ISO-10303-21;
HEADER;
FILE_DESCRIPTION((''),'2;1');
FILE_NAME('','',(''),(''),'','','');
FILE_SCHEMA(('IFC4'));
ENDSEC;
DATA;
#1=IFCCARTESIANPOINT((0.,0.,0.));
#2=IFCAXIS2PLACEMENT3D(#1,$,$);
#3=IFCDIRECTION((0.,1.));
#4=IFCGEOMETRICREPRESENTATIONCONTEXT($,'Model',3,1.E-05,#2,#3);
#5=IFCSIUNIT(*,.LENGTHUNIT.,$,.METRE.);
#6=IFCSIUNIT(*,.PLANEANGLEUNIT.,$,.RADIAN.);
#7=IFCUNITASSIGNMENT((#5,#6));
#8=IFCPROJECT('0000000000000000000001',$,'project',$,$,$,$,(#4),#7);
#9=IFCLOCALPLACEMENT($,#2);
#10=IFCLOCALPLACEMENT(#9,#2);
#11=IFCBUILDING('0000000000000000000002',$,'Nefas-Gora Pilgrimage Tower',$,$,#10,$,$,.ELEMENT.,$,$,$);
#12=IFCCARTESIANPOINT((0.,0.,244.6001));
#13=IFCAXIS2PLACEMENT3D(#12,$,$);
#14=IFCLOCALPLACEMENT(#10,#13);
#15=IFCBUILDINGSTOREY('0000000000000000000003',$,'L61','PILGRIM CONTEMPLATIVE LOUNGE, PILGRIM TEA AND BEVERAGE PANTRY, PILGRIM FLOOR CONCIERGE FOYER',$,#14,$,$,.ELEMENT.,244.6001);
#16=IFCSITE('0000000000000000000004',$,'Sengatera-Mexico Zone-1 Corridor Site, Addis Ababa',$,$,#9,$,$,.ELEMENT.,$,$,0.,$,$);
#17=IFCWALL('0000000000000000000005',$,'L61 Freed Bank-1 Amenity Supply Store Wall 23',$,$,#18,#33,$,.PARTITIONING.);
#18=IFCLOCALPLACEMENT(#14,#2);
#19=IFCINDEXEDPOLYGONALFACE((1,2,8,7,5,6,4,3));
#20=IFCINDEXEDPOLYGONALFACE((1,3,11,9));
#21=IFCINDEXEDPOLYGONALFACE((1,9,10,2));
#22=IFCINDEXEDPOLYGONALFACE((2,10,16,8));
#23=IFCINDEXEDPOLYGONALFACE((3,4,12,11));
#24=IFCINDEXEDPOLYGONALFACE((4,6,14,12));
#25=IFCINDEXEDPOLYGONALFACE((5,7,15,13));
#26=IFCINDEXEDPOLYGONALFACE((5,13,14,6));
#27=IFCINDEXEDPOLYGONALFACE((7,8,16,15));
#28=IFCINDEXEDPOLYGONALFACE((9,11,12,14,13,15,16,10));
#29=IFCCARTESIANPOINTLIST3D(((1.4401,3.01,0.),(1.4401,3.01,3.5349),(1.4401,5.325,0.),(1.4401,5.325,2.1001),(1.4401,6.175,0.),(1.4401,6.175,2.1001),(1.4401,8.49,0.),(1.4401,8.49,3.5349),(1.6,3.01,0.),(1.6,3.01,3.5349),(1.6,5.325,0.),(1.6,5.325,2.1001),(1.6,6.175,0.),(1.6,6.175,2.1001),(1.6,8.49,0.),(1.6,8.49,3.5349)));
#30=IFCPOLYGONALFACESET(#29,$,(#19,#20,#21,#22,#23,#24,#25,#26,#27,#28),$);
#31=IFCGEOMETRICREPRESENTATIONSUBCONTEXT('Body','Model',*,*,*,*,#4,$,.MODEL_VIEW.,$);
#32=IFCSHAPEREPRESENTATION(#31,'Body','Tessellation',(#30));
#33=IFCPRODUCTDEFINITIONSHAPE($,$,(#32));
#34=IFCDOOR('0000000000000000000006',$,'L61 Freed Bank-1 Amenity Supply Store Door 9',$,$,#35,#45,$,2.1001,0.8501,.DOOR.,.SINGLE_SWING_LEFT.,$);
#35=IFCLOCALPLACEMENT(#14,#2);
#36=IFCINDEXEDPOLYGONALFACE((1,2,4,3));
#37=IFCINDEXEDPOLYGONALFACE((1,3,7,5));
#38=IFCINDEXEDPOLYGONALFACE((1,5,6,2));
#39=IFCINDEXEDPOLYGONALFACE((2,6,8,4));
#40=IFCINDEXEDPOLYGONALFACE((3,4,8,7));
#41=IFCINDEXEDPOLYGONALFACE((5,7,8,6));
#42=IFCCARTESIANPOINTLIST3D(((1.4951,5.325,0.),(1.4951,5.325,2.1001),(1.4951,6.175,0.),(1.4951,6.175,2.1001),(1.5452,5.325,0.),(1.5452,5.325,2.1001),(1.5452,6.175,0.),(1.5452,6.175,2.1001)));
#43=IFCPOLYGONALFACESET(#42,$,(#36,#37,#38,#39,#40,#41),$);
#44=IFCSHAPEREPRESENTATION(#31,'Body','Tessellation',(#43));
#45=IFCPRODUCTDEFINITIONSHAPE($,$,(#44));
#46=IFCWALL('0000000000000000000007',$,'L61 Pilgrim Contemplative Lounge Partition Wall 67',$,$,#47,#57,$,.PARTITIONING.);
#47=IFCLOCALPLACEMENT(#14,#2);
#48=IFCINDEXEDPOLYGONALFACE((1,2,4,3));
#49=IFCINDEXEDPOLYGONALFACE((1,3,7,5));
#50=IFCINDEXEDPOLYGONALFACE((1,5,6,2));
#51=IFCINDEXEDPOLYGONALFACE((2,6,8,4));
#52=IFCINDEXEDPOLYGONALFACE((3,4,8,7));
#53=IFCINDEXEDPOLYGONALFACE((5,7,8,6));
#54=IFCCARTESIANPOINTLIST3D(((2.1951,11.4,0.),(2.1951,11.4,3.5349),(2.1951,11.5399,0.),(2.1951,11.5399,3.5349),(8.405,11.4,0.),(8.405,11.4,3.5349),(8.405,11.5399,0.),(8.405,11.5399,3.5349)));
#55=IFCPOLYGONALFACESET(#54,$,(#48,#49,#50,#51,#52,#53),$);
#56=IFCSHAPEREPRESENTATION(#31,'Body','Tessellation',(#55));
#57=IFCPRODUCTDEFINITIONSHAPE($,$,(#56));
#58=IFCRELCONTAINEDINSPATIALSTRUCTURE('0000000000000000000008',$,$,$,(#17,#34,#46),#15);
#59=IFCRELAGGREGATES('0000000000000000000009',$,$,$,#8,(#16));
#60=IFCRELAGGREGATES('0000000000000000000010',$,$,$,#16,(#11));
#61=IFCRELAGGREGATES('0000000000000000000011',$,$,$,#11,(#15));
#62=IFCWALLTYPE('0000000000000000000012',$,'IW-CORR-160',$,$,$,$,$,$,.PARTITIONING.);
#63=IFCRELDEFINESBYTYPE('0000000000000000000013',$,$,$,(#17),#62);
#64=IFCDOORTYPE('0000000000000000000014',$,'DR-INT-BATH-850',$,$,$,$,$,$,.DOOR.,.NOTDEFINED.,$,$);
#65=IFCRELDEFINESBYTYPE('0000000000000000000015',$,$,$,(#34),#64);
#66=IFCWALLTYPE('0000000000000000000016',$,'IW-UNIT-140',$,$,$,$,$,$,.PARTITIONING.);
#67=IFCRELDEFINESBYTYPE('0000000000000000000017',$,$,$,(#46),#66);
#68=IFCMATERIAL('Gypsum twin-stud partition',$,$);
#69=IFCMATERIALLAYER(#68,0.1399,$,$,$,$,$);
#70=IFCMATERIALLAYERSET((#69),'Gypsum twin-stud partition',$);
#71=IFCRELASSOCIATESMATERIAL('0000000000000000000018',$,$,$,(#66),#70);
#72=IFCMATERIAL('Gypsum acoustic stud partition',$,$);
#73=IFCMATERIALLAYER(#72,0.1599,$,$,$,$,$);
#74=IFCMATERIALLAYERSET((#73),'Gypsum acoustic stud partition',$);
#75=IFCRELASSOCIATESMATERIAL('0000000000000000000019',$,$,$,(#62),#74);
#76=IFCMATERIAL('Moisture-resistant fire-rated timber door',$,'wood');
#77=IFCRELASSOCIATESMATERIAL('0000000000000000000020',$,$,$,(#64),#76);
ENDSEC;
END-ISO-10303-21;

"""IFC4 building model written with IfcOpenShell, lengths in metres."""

from ifc_helpers import new_model, si_unit, direction, frame, frame_2d, origin, place, context, subcontext, project, spatial, rectangle, extrude, source, transform, mapped, material, layer, layer_set, type_object, element, fill, save


model = new_model("IFC4")

# Units and contexts
model_context = context("Model", 3, precision=1e-05, world=origin(), true_north=direction((0.0, 1.0)))
body_context = subcontext(model_context, "Body", "Model", "MODEL_VIEW")
ifc_project = project(units=[si_unit("LENGTHUNIT", "METRE"), si_unit("PLANEANGLEUNIT", "RADIAN")], contexts=[model_context])

# Site, building, storey
site_placement = place(None, origin())
site = spatial("IfcSite", under=ifc_project, at=site_placement, Name="Sengatera-Mexico Zone-1 Corridor Site, Addis Ababa", CompositionType="ELEMENT", RefElevation=0.0)
building_placement = place(site_placement, origin())
building = spatial("IfcBuilding", under=site, at=building_placement, Name="Nefas-Gora Pilgrimage Tower", CompositionType="ELEMENT")
storey_placement = place(building_placement, frame((0.0, 0.0, 244.6001)))
storey = spatial("IfcBuildingStorey", under=building, at=storey_placement, Name="L61", Description="PILGRIM CONTEMPLATIVE LOUNGE, PILGRIM TEA AND BEVERAGE PANTRY, PILGRIM FLOOR CONCIERGE FOYER", CompositionType="ELEMENT", Elevation=244.6001)

# Shared definitions
ifc_material_1 = material(Name="Gypsum twin-stud partition")
ifc_layer_1 = layer(ifc_material_1, 0.1399)
ifc_layer_set_1 = layer_set([ifc_layer_1], Name="Gypsum twin-stud partition")
wall_type_1 = type_object("IfcWallType", Name="IW-UNIT-140", PredefinedType="PARTITIONING", material=ifc_layer_set_1)

# Shared definitions
ifc_material_2 = material(Name="Gypsum acoustic stud partition")
ifc_layer_2 = layer(ifc_material_2, 0.1599)
ifc_layer_set_2 = layer_set([ifc_layer_2], Name="Gypsum acoustic stud partition")
wall_type_2 = type_object("IfcWallType", Name="IW-CORR-160", PredefinedType="PARTITIONING", material=ifc_layer_set_2)

# Wall, opening, door
shared_shape_1 = source(origin(), body_context, "Body", "SweptSolid", [
    extrude(rectangle(XDim=5.48, YDim=0.1599, at=frame_2d((2.74, 0.0))), origin(), (0.0, 0.0, 1.0), 3.5349),
])
wall_1_placement = place(storey_placement, frame((1.52, 3.01, 0.0), z_axis=(0.0, 0.0, 1.0), x_axis=(0.0, 1.0, 0.0)))
wall_1 = element("IfcWall", 1, at=wall_1_placement, inside=storey, type_object=wall_type_2, Name="L61 Freed Bank-1 Amenity Supply Store Wall 23", PredefinedType="PARTITIONING", context=body_context, shape_type="MappedRepresentation", body=[
    mapped(shared_shape_1, transform((0.0, 0.0, 0.0), x_axis=(1.0, 0.0, 0.0), y_axis=(0.0, 1.0, 0.0), z_axis=(0.0, 0.0, 1.0), scale=1.0)),
])
opening_1_placement = place(wall_1_placement, frame((2.3149, 0.0, 0.0)))
opening_1 = element("IfcOpeningElement", 2, at=opening_1_placement, cuts=wall_1, PredefinedType="OPENING", context=body_context, shape_type="SweptSolid", body=[
    extrude(rectangle(XDim=0.8501, YDim=2.1001, at=frame_2d((0.425, 1.05))), frame((0.0, 0.0898, 0.0), z_axis=(0.0, -1.0, 0.0), x_axis=(1.0, 0.0, 0.0)), (0.0, 0.0, 1.0), 0.1799),
])
ifc_material_3 = material(Name="Moisture-resistant fire-rated timber door", Category="wood")
door_type_1 = type_object("IfcDoorType", Name="DR-INT-BATH-850", OperationType="NOTDEFINED", PredefinedType="DOOR", material=ifc_material_3)
shared_shape_2 = source(origin(), body_context, "Body", "SweptSolid", [
    extrude(rectangle(XDim=0.8501, YDim=2.1001, at=frame_2d((0.425, 1.05))), frame((0.0, 0.0249, 0.0), z_axis=(0.0, -1.0, 0.0), x_axis=(1.0, 0.0, 0.0)), (0.0, 0.0, 1.0), 0.05),
])
door_1_placement = place(opening_1_placement, origin())
door_1 = element("IfcDoor", 3, at=door_1_placement, inside=storey, type_object=door_type_1, Name="L61 Freed Bank-1 Amenity Supply Store Door 9", OperationType="SINGLE_SWING_LEFT", OverallHeight=2.1001, OverallWidth=0.8501, PredefinedType="DOOR", context=body_context, shape_type="MappedRepresentation", body=[
    mapped(shared_shape_2, transform((0.0, 0.0, 0.0), x_axis=(1.0, 0.0, 0.0), y_axis=(0.0, 1.0, 0.0), z_axis=(0.0, 0.0, 1.0), scale=1.0)),
])
fill(opening_1, door_1)

# Wall
shared_shape_3 = source(origin(), body_context, "Body", "SweptSolid", [
    extrude(rectangle(XDim=6.21, YDim=0.1399, at=frame_2d((3.105, 0.0))), origin(), (0.0, 0.0, 1.0), 3.5349),
])
wall_2_placement = place(storey_placement, frame((2.1951, 11.47, 0.0), z_axis=(0.0, 0.0, 1.0), x_axis=(1.0, 0.0, 0.0)))
element("IfcWall", 4, at=wall_2_placement, inside=storey, type_object=wall_type_1, Name="L61 Pilgrim Contemplative Lounge Partition Wall 67", PredefinedType="PARTITIONING", context=body_context, shape_type="MappedRepresentation", body=[
    mapped(shared_shape_3, transform((0.0, 0.0, 0.0), x_axis=(1.0, 0.0, 0.0), y_axis=(0.0, 1.0, 0.0), z_axis=(0.0, 0.0, 1.0), scale=1.0)),
])

save(model, "model.ifc")
